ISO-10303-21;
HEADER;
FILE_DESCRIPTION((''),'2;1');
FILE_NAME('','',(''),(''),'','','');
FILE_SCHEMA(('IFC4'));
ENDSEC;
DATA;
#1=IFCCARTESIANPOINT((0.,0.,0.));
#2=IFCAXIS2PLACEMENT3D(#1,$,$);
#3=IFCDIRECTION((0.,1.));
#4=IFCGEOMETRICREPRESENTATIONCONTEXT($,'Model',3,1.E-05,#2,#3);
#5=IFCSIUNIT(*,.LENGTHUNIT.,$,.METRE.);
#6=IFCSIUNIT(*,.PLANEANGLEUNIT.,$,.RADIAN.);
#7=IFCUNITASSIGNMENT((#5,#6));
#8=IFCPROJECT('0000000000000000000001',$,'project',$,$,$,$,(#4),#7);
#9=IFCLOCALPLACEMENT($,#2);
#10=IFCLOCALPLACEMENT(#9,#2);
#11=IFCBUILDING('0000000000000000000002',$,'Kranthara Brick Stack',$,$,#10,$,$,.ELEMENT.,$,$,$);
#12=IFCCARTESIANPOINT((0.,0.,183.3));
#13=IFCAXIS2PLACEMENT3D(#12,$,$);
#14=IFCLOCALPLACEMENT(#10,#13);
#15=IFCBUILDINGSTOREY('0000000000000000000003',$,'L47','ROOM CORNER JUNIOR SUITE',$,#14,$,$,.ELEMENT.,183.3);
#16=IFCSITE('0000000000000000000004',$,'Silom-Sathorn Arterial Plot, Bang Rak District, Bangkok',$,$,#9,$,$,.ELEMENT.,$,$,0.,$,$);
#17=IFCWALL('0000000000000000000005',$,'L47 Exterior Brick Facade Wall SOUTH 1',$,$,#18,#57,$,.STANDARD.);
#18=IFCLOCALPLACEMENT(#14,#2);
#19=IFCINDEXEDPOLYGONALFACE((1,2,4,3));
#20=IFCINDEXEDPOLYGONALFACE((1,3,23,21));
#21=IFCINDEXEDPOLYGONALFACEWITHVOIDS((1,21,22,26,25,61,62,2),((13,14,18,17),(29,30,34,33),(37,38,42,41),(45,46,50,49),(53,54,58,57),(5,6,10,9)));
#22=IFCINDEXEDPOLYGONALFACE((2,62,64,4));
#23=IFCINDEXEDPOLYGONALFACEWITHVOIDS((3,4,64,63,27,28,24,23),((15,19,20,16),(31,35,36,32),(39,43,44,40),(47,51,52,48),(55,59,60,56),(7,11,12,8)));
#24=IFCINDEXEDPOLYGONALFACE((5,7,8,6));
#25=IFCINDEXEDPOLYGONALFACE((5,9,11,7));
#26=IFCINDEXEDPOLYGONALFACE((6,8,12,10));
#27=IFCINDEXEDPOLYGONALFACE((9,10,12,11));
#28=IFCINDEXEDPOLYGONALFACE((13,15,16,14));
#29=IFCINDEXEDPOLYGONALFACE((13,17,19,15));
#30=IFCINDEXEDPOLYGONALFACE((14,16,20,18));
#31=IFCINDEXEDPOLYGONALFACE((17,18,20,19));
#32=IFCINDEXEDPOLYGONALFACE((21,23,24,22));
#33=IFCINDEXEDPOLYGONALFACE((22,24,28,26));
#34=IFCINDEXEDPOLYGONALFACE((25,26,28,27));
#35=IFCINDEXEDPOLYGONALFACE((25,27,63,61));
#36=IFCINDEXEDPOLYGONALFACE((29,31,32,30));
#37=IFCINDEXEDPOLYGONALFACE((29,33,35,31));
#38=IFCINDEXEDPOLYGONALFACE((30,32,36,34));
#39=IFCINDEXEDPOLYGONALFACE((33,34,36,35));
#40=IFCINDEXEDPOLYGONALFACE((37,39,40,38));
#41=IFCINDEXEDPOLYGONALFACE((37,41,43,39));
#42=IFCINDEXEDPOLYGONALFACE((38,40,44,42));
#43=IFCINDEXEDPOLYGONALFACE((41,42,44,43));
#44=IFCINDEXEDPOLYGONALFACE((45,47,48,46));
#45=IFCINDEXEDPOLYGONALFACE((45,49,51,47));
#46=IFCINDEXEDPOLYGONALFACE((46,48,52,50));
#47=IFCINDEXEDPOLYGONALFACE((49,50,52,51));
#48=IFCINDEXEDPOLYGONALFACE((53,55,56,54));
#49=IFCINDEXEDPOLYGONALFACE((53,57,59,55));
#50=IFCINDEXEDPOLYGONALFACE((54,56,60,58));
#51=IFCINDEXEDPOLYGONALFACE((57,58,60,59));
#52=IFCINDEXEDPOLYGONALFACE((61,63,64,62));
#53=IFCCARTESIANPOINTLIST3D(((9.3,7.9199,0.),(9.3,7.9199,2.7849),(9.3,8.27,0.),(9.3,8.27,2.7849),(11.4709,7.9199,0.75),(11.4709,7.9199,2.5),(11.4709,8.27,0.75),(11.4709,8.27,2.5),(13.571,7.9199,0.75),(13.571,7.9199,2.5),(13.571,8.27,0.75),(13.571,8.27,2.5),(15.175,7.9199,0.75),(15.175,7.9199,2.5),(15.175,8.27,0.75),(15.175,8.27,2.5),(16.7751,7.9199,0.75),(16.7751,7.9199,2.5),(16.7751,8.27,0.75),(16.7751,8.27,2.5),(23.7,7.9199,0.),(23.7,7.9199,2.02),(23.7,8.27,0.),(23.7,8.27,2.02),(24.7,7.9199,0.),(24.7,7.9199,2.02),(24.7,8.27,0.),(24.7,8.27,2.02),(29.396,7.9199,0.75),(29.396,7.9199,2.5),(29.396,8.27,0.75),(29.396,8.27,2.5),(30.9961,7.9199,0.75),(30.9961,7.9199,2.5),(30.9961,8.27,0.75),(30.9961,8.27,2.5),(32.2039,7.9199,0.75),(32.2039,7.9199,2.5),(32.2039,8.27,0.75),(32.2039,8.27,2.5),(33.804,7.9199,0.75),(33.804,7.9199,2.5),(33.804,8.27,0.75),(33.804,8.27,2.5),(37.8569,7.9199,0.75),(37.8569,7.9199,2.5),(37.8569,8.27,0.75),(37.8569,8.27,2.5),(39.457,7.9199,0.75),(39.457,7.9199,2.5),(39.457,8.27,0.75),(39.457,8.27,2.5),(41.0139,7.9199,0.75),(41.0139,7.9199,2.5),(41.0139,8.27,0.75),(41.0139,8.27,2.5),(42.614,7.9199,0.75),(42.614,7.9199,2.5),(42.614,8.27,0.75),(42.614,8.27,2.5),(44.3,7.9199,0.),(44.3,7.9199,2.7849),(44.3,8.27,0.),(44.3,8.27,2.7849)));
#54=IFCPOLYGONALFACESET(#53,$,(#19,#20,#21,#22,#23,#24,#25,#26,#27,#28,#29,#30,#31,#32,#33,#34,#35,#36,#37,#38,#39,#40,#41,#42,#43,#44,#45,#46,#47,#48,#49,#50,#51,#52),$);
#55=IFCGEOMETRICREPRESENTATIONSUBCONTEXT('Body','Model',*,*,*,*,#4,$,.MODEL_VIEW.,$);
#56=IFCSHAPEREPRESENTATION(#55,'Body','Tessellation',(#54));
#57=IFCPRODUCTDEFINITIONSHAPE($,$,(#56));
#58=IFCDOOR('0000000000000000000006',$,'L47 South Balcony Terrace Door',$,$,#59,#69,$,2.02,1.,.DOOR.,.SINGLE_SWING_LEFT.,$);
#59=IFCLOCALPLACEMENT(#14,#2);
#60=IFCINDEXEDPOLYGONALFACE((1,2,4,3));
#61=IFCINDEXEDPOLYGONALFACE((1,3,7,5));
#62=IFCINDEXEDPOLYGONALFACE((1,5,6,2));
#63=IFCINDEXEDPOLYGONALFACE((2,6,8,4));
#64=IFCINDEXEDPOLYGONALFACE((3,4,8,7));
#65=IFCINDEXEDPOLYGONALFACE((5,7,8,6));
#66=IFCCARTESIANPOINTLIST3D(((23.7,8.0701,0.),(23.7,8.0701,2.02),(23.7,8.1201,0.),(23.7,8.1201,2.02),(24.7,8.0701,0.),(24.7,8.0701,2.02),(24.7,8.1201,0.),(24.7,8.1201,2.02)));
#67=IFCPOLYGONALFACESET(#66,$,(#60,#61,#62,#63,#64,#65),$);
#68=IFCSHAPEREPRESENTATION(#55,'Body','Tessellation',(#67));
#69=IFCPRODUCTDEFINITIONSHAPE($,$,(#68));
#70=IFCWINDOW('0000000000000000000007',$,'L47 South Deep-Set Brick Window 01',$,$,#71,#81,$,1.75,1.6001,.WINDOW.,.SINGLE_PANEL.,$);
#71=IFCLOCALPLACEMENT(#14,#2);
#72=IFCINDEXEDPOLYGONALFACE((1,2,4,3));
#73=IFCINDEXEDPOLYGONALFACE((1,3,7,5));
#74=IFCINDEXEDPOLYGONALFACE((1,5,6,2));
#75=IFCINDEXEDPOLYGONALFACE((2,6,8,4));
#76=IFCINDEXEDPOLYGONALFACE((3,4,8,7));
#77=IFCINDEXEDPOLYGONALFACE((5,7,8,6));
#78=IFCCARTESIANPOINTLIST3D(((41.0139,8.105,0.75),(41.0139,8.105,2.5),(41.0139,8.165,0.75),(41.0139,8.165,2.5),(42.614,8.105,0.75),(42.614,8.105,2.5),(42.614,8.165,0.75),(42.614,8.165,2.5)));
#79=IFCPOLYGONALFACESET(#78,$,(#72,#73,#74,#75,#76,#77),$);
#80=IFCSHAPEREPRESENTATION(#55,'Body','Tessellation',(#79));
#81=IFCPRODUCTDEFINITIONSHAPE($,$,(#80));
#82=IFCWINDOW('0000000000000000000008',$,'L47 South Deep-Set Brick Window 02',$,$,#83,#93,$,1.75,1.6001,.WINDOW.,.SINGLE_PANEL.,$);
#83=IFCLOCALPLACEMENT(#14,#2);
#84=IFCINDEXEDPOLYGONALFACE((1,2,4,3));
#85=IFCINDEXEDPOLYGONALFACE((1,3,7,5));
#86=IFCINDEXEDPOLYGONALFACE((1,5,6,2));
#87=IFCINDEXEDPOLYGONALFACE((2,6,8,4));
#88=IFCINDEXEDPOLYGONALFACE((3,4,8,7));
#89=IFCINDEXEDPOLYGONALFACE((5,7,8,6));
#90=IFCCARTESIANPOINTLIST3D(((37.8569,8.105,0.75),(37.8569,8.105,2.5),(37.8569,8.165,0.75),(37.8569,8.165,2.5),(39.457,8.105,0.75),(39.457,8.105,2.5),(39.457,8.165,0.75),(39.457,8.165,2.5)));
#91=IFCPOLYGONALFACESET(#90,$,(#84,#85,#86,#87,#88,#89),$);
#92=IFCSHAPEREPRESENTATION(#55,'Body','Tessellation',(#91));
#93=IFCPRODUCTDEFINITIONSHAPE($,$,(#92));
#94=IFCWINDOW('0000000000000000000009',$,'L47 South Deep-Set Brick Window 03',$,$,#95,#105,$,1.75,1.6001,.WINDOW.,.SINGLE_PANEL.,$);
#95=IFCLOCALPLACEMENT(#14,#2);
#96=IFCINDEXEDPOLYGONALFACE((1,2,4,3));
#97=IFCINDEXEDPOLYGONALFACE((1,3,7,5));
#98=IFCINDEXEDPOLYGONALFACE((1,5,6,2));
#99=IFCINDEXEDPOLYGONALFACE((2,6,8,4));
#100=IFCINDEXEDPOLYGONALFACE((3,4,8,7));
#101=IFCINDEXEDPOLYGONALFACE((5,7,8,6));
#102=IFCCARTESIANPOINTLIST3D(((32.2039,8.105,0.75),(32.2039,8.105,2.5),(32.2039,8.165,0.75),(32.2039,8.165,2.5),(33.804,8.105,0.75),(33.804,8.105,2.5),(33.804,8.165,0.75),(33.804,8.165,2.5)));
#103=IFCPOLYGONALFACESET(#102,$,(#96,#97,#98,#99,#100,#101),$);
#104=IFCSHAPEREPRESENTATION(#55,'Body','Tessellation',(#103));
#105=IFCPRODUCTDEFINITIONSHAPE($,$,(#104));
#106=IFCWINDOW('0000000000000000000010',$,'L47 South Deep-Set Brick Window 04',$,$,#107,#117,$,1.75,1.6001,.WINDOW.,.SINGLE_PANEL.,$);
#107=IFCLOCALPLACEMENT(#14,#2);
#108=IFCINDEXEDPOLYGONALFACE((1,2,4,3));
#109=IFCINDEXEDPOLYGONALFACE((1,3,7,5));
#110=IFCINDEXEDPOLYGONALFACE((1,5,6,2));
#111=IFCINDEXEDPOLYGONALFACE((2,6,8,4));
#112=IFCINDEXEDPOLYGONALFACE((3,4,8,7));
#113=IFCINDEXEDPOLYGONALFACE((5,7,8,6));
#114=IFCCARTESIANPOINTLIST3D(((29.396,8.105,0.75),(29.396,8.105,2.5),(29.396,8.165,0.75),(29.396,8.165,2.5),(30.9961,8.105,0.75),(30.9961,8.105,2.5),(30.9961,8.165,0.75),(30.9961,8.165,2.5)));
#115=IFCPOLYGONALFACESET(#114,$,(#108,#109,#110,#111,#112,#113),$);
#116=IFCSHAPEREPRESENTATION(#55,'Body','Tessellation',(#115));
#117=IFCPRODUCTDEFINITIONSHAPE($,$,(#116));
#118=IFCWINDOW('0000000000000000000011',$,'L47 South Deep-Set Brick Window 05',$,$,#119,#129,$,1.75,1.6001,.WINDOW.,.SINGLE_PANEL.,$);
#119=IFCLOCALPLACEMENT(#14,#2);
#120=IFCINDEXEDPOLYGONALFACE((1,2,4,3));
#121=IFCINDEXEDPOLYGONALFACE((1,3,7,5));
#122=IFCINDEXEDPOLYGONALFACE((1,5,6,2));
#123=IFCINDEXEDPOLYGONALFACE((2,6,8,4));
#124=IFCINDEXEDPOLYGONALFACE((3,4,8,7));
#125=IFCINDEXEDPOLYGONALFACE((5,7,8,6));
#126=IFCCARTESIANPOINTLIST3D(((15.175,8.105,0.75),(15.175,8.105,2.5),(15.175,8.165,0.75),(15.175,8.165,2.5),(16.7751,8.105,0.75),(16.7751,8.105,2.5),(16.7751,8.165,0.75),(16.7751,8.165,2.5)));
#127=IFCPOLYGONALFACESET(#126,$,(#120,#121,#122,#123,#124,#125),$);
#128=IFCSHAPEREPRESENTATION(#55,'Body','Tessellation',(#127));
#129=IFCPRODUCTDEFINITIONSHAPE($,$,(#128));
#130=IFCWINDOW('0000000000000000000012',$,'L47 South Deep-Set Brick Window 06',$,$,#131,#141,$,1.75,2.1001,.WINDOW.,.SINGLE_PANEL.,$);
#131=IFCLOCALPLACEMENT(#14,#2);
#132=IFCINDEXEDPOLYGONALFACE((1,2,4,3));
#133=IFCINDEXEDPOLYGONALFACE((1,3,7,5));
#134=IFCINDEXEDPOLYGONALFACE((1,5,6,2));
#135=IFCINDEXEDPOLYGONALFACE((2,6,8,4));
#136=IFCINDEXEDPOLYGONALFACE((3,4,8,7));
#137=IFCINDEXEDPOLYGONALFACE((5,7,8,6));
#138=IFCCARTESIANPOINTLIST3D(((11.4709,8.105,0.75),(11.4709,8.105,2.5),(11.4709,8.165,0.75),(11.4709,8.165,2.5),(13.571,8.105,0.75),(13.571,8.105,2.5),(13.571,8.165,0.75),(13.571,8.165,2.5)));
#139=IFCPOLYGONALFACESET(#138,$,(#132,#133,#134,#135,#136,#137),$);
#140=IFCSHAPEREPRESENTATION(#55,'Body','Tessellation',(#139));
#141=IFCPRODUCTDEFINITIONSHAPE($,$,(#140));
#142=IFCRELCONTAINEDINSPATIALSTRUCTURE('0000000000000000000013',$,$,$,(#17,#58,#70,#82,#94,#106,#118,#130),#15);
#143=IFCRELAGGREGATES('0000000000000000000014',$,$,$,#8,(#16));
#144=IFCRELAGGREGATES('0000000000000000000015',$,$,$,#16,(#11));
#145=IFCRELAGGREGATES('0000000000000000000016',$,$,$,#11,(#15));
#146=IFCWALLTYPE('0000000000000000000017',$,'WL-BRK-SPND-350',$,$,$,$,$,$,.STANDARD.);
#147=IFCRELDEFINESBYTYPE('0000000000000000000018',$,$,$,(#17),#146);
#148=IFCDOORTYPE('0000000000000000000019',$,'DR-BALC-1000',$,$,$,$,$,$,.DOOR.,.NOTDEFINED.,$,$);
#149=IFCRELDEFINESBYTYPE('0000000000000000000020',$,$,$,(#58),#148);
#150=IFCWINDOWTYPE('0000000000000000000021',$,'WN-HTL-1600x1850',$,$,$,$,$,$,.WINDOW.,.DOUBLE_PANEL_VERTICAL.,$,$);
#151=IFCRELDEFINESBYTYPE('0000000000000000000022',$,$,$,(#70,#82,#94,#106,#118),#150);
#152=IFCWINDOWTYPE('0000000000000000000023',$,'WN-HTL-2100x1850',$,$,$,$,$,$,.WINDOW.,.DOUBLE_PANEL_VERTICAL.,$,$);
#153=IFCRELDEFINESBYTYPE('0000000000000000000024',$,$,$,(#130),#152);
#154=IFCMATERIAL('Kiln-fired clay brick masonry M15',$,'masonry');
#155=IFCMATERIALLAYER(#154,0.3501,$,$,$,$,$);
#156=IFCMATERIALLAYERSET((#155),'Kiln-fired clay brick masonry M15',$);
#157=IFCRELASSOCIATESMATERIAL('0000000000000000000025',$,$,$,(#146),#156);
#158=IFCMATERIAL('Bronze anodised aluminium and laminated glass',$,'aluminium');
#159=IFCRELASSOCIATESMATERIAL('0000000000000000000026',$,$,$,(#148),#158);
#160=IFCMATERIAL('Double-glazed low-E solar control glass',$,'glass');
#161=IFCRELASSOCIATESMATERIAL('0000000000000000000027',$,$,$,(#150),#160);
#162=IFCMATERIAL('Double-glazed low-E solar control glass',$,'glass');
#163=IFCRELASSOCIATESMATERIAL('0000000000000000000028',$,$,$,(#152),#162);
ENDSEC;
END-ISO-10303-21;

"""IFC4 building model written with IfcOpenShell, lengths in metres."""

from ifc_helpers import new_model, si_unit, direction, frame, frame_2d, origin, place, context, subcontext, project, spatial, rectangle, extrude, material, layer, layer_set, type_object, element, fill, save


model = new_model("IFC4")

# Units and contexts
model_context = context("Model", 3, precision=1e-05, world=origin(), true_north=direction((0.0, 1.0)))
body_context = subcontext(model_context, "Body", "Model", "MODEL_VIEW")
ifc_project = project(units=[si_unit("LENGTHUNIT", "METRE"), si_unit("PLANEANGLEUNIT", "RADIAN")], contexts=[model_context])

# Site, building, storey
site_placement = place(None, origin())
site = spatial("IfcSite", under=ifc_project, at=site_placement, Name="Silom-Sathorn Arterial Plot, Bang Rak District, Bangkok", CompositionType="ELEMENT", RefElevation=0.0)
building_placement = place(site_placement, origin())
building = spatial("IfcBuilding", under=site, at=building_placement, Name="Kranthara Brick Stack", CompositionType="ELEMENT")
storey_placement = place(building_placement, frame((0.0, 0.0, 183.3)))
storey = spatial("IfcBuildingStorey", under=building, at=storey_placement, Name="L47", Description="ROOM CORNER JUNIOR SUITE", CompositionType="ELEMENT", Elevation=183.3)

# Wall, openings, door, windows
ifc_material_1 = material(Name="Kiln-fired clay brick masonry M15", Category="masonry")
ifc_layer_1 = layer(ifc_material_1, 0.3501)
ifc_layer_set_1 = layer_set([ifc_layer_1], Name="Kiln-fired clay brick masonry M15")
wall_type_1 = type_object("IfcWallType", Name="WL-BRK-SPND-350", PredefinedType="STANDARD", material=ifc_layer_set_1)
wall_1_placement = place(storey_placement, frame((44.3, 8.095, 0.0), z_axis=(0.0, 0.0, 1.0), x_axis=(-1.0, 0.0, 0.0)))
wall_1 = element("IfcWall", 1, at=wall_1_placement, inside=storey, type_object=wall_type_1, Name="L47 Exterior Brick Facade Wall SOUTH 1", PredefinedType="STANDARD", context=body_context, shape_type="SweptSolid", body=[
    extrude(rectangle(XDim=35.0, YDim=0.3501, at=frame_2d((17.5, 0.0))), origin(), (0.0, 0.0, 1.0), 2.7849),
])
opening_1_placement = place(wall_1_placement, frame((19.6001, 0.0, 0.0)))
opening_1 = element("IfcOpeningElement", 2, at=opening_1_placement, cuts=wall_1, PredefinedType="OPENING", context=body_context, shape_type="SweptSolid", body=[
    extrude(rectangle(XDim=1.0, YDim=2.02, at=frame_2d((0.5, 1.01))), frame((0.0, 0.1851, 0.0), z_axis=(0.0, -1.0, 0.0), x_axis=(1.0, 0.0, 0.0)), (0.0, 0.0, 1.0), 0.3701),
])
opening_2_placement = place(wall_1_placement, frame((1.686, 0.0, 0.75)))
opening_2 = element("IfcOpeningElement", 3, at=opening_2_placement, cuts=wall_1, PredefinedType="OPENING", context=body_context, shape_type="SweptSolid", body=[
    extrude(rectangle(XDim=1.6001, YDim=1.75, at=frame_2d((0.8, 0.875))), frame((0.0, 0.1851, 0.0), z_axis=(0.0, -1.0, 0.0), x_axis=(1.0, 0.0, 0.0)), (0.0, 0.0, 1.0), 0.3701),
])
opening_3_placement = place(wall_1_placement, frame((4.843, 0.0, 0.75)))
opening_3 = element("IfcOpeningElement", 4, at=opening_3_placement, cuts=wall_1, PredefinedType="OPENING", context=body_context, shape_type="SweptSolid", body=[
    extrude(rectangle(XDim=1.6001, YDim=1.75, at=frame_2d((0.8, 0.875))), frame((0.0, 0.1851, 0.0), z_axis=(0.0, -1.0, 0.0), x_axis=(1.0, 0.0, 0.0)), (0.0, 0.0, 1.0), 0.3701),
])
opening_4_placement = place(wall_1_placement, frame((10.4961, 0.0, 0.75)))
opening_4 = element("IfcOpeningElement", 5, at=opening_4_placement, cuts=wall_1, PredefinedType="OPENING", context=body_context, shape_type="SweptSolid", body=[
    extrude(rectangle(XDim=1.6001, YDim=1.75, at=frame_2d((0.8, 0.875))), frame((0.0, 0.1851, 0.0), z_axis=(0.0, -1.0, 0.0), x_axis=(1.0, 0.0, 0.0)), (0.0, 0.0, 1.0), 0.3701),
])
opening_5_placement = place(wall_1_placement, frame((13.304, 0.0, 0.75)))
opening_5 = element("IfcOpeningElement", 6, at=opening_5_placement, cuts=wall_1, PredefinedType="OPENING", context=body_context, shape_type="SweptSolid", body=[
    extrude(rectangle(XDim=1.6001, YDim=1.75, at=frame_2d((0.8, 0.875))), frame((0.0, 0.1851, 0.0), z_axis=(0.0, -1.0, 0.0), x_axis=(1.0, 0.0, 0.0)), (0.0, 0.0, 1.0), 0.3701),
])
opening_6_placement = place(wall_1_placement, frame((27.5249, 0.0, 0.75)))
opening_6 = element("IfcOpeningElement", 7, at=opening_6_placement, cuts=wall_1, PredefinedType="OPENING", context=body_context, shape_type="SweptSolid", body=[
    extrude(rectangle(XDim=1.6001, YDim=1.75, at=frame_2d((0.8, 0.875))), frame((0.0, 0.1851, 0.0), z_axis=(0.0, -1.0, 0.0), x_axis=(1.0, 0.0, 0.0)), (0.0, 0.0, 1.0), 0.3701),
])
opening_7_placement = place(wall_1_placement, frame((30.729, 0.0, 0.75)))
opening_7 = element("IfcOpeningElement", 8, at=opening_7_placement, cuts=wall_1, PredefinedType="OPENING", context=body_context, shape_type="SweptSolid", body=[
    extrude(rectangle(XDim=2.1001, YDim=1.75, at=frame_2d((1.05, 0.875))), frame((0.0, 0.1851, 0.0), z_axis=(0.0, -1.0, 0.0), x_axis=(1.0, 0.0, 0.0)), (0.0, 0.0, 1.0), 0.3701),
])
ifc_material_2 = material(Name="Bronze anodised aluminium and laminated glass", Category="aluminium")
door_type = type_object("IfcDoorType", Name="DR-BALC-1000", OperationType="NOTDEFINED", PredefinedType="DOOR", material=ifc_material_2)
door_placement = place(opening_1_placement, origin())
door = element("IfcDoor", 9, at=door_placement, inside=storey, type_object=door_type, Name="L47 South Balcony Terrace Door", OperationType="SINGLE_SWING_LEFT", OverallHeight=2.02, OverallWidth=1.0, PredefinedType="DOOR", context=body_context, shape_type="SweptSolid", body=[
    extrude(rectangle(XDim=1.0, YDim=2.02, at=frame_2d((0.5, 1.01))), frame((0.0, 0.0249, 0.0), z_axis=(0.0, -1.0, 0.0), x_axis=(1.0, 0.0, 0.0)), (0.0, 0.0, 1.0), 0.05),
])
fill(opening_1, door)
ifc_material_3 = material(Name="Double-glazed low-E solar control glass", Category="glass")
window_type_1 = type_object("IfcWindowType", Name="WN-HTL-1600x1850", PartitioningType="DOUBLE_PANEL_VERTICAL", PredefinedType="WINDOW", material=ifc_material_3)
window_1_placement = place(opening_2_placement, origin())
window_1 = element("IfcWindow", 10, at=window_1_placement, inside=storey, type_object=window_type_1, Name="L47 South Deep-Set Brick Window 01", OverallHeight=1.75, OverallWidth=1.6001, PartitioningType="SINGLE_PANEL", PredefinedType="WINDOW", context=body_context, shape_type="SweptSolid", body=[
    extrude(rectangle(XDim=1.6001, YDim=1.75, at=frame_2d((0.8, 0.875))), frame((0.0, -0.01, 0.0), z_axis=(0.0, -1.0, 0.0), x_axis=(1.0, 0.0, 0.0)), (0.0, 0.0, 1.0), 0.0601),
])
fill(opening_2, window_1)
window_2_placement = place(opening_3_placement, origin())
window_2 = element("IfcWindow", 11, at=window_2_placement, inside=storey, type_object=window_type_1, Name="L47 South Deep-Set Brick Window 02", OverallHeight=1.75, OverallWidth=1.6001, PartitioningType="SINGLE_PANEL", PredefinedType="WINDOW", context=body_context, shape_type="SweptSolid", body=[
    extrude(rectangle(XDim=1.6001, YDim=1.75, at=frame_2d((0.8, 0.875))), frame((0.0, -0.01, 0.0), z_axis=(0.0, -1.0, 0.0), x_axis=(1.0, 0.0, 0.0)), (0.0, 0.0, 1.0), 0.0601),
])
fill(opening_3, window_2)
window_3_placement = place(opening_4_placement, origin())
window_3 = element("IfcWindow", 12, at=window_3_placement, inside=storey, type_object=window_type_1, Name="L47 South Deep-Set Brick Window 03", OverallHeight=1.75, OverallWidth=1.6001, PartitioningType="SINGLE_PANEL", PredefinedType="WINDOW", context=body_context, shape_type="SweptSolid", body=[
    extrude(rectangle(XDim=1.6001, YDim=1.75, at=frame_2d((0.8, 0.875))), frame((0.0, -0.01, 0.0), z_axis=(0.0, -1.0, 0.0), x_axis=(1.0, 0.0, 0.0)), (0.0, 0.0, 1.0), 0.0601),
])
fill(opening_4, window_3)
window_4_placement = place(opening_5_placement, origin())
window_4 = element("IfcWindow", 13, at=window_4_placement, inside=storey, type_object=window_type_1, Name="L47 South Deep-Set Brick Window 04", OverallHeight=1.75, OverallWidth=1.6001, PartitioningType="SINGLE_PANEL", PredefinedType="WINDOW", context=body_context, shape_type="SweptSolid", body=[
    extrude(rectangle(XDim=1.6001, YDim=1.75, at=frame_2d((0.8, 0.875))), frame((0.0, -0.01, 0.0), z_axis=(0.0, -1.0, 0.0), x_axis=(1.0, 0.0, 0.0)), (0.0, 0.0, 1.0), 0.0601),
])
fill(opening_5, window_4)
window_5_placement = place(opening_6_placement, origin())
window_5 = element("IfcWindow", 14, at=window_5_placement, inside=storey, type_object=window_type_1, Name="L47 South Deep-Set Brick Window 05", OverallHeight=1.75, OverallWidth=1.6001, PartitioningType="SINGLE_PANEL", PredefinedType="WINDOW", context=body_context, shape_type="SweptSolid", body=[
    extrude(rectangle(XDim=1.6001, YDim=1.75, at=frame_2d((0.8, 0.875))), frame((0.0, -0.01, 0.0), z_axis=(0.0, -1.0, 0.0), x_axis=(1.0, 0.0, 0.0)), (0.0, 0.0, 1.0), 0.0601),
])
fill(opening_6, window_5)
ifc_material_4 = material(Name="Double-glazed low-E solar control glass", Category="glass")
window_type_2 = type_object("IfcWindowType", Name="WN-HTL-2100x1850", PartitioningType="DOUBLE_PANEL_VERTICAL", PredefinedType="WINDOW", material=ifc_material_4)
window_6_placement = place(opening_7_placement, origin())
window_6 = element("IfcWindow", 15, at=window_6_placement, inside=storey, type_object=window_type_2, Name="L47 South Deep-Set Brick Window 06", OverallHeight=1.75, OverallWidth=2.1001, PartitioningType="SINGLE_PANEL", PredefinedType="WINDOW", context=body_context, shape_type="SweptSolid", body=[
    extrude(rectangle(XDim=2.1001, YDim=1.75, at=frame_2d((1.05, 0.875))), frame((0.0, -0.01, 0.0), z_axis=(0.0, -1.0, 0.0), x_axis=(1.0, 0.0, 0.0)), (0.0, 0.0, 1.0), 0.0601),
])
fill(opening_7, window_6)

save(model, "model.ifc")
